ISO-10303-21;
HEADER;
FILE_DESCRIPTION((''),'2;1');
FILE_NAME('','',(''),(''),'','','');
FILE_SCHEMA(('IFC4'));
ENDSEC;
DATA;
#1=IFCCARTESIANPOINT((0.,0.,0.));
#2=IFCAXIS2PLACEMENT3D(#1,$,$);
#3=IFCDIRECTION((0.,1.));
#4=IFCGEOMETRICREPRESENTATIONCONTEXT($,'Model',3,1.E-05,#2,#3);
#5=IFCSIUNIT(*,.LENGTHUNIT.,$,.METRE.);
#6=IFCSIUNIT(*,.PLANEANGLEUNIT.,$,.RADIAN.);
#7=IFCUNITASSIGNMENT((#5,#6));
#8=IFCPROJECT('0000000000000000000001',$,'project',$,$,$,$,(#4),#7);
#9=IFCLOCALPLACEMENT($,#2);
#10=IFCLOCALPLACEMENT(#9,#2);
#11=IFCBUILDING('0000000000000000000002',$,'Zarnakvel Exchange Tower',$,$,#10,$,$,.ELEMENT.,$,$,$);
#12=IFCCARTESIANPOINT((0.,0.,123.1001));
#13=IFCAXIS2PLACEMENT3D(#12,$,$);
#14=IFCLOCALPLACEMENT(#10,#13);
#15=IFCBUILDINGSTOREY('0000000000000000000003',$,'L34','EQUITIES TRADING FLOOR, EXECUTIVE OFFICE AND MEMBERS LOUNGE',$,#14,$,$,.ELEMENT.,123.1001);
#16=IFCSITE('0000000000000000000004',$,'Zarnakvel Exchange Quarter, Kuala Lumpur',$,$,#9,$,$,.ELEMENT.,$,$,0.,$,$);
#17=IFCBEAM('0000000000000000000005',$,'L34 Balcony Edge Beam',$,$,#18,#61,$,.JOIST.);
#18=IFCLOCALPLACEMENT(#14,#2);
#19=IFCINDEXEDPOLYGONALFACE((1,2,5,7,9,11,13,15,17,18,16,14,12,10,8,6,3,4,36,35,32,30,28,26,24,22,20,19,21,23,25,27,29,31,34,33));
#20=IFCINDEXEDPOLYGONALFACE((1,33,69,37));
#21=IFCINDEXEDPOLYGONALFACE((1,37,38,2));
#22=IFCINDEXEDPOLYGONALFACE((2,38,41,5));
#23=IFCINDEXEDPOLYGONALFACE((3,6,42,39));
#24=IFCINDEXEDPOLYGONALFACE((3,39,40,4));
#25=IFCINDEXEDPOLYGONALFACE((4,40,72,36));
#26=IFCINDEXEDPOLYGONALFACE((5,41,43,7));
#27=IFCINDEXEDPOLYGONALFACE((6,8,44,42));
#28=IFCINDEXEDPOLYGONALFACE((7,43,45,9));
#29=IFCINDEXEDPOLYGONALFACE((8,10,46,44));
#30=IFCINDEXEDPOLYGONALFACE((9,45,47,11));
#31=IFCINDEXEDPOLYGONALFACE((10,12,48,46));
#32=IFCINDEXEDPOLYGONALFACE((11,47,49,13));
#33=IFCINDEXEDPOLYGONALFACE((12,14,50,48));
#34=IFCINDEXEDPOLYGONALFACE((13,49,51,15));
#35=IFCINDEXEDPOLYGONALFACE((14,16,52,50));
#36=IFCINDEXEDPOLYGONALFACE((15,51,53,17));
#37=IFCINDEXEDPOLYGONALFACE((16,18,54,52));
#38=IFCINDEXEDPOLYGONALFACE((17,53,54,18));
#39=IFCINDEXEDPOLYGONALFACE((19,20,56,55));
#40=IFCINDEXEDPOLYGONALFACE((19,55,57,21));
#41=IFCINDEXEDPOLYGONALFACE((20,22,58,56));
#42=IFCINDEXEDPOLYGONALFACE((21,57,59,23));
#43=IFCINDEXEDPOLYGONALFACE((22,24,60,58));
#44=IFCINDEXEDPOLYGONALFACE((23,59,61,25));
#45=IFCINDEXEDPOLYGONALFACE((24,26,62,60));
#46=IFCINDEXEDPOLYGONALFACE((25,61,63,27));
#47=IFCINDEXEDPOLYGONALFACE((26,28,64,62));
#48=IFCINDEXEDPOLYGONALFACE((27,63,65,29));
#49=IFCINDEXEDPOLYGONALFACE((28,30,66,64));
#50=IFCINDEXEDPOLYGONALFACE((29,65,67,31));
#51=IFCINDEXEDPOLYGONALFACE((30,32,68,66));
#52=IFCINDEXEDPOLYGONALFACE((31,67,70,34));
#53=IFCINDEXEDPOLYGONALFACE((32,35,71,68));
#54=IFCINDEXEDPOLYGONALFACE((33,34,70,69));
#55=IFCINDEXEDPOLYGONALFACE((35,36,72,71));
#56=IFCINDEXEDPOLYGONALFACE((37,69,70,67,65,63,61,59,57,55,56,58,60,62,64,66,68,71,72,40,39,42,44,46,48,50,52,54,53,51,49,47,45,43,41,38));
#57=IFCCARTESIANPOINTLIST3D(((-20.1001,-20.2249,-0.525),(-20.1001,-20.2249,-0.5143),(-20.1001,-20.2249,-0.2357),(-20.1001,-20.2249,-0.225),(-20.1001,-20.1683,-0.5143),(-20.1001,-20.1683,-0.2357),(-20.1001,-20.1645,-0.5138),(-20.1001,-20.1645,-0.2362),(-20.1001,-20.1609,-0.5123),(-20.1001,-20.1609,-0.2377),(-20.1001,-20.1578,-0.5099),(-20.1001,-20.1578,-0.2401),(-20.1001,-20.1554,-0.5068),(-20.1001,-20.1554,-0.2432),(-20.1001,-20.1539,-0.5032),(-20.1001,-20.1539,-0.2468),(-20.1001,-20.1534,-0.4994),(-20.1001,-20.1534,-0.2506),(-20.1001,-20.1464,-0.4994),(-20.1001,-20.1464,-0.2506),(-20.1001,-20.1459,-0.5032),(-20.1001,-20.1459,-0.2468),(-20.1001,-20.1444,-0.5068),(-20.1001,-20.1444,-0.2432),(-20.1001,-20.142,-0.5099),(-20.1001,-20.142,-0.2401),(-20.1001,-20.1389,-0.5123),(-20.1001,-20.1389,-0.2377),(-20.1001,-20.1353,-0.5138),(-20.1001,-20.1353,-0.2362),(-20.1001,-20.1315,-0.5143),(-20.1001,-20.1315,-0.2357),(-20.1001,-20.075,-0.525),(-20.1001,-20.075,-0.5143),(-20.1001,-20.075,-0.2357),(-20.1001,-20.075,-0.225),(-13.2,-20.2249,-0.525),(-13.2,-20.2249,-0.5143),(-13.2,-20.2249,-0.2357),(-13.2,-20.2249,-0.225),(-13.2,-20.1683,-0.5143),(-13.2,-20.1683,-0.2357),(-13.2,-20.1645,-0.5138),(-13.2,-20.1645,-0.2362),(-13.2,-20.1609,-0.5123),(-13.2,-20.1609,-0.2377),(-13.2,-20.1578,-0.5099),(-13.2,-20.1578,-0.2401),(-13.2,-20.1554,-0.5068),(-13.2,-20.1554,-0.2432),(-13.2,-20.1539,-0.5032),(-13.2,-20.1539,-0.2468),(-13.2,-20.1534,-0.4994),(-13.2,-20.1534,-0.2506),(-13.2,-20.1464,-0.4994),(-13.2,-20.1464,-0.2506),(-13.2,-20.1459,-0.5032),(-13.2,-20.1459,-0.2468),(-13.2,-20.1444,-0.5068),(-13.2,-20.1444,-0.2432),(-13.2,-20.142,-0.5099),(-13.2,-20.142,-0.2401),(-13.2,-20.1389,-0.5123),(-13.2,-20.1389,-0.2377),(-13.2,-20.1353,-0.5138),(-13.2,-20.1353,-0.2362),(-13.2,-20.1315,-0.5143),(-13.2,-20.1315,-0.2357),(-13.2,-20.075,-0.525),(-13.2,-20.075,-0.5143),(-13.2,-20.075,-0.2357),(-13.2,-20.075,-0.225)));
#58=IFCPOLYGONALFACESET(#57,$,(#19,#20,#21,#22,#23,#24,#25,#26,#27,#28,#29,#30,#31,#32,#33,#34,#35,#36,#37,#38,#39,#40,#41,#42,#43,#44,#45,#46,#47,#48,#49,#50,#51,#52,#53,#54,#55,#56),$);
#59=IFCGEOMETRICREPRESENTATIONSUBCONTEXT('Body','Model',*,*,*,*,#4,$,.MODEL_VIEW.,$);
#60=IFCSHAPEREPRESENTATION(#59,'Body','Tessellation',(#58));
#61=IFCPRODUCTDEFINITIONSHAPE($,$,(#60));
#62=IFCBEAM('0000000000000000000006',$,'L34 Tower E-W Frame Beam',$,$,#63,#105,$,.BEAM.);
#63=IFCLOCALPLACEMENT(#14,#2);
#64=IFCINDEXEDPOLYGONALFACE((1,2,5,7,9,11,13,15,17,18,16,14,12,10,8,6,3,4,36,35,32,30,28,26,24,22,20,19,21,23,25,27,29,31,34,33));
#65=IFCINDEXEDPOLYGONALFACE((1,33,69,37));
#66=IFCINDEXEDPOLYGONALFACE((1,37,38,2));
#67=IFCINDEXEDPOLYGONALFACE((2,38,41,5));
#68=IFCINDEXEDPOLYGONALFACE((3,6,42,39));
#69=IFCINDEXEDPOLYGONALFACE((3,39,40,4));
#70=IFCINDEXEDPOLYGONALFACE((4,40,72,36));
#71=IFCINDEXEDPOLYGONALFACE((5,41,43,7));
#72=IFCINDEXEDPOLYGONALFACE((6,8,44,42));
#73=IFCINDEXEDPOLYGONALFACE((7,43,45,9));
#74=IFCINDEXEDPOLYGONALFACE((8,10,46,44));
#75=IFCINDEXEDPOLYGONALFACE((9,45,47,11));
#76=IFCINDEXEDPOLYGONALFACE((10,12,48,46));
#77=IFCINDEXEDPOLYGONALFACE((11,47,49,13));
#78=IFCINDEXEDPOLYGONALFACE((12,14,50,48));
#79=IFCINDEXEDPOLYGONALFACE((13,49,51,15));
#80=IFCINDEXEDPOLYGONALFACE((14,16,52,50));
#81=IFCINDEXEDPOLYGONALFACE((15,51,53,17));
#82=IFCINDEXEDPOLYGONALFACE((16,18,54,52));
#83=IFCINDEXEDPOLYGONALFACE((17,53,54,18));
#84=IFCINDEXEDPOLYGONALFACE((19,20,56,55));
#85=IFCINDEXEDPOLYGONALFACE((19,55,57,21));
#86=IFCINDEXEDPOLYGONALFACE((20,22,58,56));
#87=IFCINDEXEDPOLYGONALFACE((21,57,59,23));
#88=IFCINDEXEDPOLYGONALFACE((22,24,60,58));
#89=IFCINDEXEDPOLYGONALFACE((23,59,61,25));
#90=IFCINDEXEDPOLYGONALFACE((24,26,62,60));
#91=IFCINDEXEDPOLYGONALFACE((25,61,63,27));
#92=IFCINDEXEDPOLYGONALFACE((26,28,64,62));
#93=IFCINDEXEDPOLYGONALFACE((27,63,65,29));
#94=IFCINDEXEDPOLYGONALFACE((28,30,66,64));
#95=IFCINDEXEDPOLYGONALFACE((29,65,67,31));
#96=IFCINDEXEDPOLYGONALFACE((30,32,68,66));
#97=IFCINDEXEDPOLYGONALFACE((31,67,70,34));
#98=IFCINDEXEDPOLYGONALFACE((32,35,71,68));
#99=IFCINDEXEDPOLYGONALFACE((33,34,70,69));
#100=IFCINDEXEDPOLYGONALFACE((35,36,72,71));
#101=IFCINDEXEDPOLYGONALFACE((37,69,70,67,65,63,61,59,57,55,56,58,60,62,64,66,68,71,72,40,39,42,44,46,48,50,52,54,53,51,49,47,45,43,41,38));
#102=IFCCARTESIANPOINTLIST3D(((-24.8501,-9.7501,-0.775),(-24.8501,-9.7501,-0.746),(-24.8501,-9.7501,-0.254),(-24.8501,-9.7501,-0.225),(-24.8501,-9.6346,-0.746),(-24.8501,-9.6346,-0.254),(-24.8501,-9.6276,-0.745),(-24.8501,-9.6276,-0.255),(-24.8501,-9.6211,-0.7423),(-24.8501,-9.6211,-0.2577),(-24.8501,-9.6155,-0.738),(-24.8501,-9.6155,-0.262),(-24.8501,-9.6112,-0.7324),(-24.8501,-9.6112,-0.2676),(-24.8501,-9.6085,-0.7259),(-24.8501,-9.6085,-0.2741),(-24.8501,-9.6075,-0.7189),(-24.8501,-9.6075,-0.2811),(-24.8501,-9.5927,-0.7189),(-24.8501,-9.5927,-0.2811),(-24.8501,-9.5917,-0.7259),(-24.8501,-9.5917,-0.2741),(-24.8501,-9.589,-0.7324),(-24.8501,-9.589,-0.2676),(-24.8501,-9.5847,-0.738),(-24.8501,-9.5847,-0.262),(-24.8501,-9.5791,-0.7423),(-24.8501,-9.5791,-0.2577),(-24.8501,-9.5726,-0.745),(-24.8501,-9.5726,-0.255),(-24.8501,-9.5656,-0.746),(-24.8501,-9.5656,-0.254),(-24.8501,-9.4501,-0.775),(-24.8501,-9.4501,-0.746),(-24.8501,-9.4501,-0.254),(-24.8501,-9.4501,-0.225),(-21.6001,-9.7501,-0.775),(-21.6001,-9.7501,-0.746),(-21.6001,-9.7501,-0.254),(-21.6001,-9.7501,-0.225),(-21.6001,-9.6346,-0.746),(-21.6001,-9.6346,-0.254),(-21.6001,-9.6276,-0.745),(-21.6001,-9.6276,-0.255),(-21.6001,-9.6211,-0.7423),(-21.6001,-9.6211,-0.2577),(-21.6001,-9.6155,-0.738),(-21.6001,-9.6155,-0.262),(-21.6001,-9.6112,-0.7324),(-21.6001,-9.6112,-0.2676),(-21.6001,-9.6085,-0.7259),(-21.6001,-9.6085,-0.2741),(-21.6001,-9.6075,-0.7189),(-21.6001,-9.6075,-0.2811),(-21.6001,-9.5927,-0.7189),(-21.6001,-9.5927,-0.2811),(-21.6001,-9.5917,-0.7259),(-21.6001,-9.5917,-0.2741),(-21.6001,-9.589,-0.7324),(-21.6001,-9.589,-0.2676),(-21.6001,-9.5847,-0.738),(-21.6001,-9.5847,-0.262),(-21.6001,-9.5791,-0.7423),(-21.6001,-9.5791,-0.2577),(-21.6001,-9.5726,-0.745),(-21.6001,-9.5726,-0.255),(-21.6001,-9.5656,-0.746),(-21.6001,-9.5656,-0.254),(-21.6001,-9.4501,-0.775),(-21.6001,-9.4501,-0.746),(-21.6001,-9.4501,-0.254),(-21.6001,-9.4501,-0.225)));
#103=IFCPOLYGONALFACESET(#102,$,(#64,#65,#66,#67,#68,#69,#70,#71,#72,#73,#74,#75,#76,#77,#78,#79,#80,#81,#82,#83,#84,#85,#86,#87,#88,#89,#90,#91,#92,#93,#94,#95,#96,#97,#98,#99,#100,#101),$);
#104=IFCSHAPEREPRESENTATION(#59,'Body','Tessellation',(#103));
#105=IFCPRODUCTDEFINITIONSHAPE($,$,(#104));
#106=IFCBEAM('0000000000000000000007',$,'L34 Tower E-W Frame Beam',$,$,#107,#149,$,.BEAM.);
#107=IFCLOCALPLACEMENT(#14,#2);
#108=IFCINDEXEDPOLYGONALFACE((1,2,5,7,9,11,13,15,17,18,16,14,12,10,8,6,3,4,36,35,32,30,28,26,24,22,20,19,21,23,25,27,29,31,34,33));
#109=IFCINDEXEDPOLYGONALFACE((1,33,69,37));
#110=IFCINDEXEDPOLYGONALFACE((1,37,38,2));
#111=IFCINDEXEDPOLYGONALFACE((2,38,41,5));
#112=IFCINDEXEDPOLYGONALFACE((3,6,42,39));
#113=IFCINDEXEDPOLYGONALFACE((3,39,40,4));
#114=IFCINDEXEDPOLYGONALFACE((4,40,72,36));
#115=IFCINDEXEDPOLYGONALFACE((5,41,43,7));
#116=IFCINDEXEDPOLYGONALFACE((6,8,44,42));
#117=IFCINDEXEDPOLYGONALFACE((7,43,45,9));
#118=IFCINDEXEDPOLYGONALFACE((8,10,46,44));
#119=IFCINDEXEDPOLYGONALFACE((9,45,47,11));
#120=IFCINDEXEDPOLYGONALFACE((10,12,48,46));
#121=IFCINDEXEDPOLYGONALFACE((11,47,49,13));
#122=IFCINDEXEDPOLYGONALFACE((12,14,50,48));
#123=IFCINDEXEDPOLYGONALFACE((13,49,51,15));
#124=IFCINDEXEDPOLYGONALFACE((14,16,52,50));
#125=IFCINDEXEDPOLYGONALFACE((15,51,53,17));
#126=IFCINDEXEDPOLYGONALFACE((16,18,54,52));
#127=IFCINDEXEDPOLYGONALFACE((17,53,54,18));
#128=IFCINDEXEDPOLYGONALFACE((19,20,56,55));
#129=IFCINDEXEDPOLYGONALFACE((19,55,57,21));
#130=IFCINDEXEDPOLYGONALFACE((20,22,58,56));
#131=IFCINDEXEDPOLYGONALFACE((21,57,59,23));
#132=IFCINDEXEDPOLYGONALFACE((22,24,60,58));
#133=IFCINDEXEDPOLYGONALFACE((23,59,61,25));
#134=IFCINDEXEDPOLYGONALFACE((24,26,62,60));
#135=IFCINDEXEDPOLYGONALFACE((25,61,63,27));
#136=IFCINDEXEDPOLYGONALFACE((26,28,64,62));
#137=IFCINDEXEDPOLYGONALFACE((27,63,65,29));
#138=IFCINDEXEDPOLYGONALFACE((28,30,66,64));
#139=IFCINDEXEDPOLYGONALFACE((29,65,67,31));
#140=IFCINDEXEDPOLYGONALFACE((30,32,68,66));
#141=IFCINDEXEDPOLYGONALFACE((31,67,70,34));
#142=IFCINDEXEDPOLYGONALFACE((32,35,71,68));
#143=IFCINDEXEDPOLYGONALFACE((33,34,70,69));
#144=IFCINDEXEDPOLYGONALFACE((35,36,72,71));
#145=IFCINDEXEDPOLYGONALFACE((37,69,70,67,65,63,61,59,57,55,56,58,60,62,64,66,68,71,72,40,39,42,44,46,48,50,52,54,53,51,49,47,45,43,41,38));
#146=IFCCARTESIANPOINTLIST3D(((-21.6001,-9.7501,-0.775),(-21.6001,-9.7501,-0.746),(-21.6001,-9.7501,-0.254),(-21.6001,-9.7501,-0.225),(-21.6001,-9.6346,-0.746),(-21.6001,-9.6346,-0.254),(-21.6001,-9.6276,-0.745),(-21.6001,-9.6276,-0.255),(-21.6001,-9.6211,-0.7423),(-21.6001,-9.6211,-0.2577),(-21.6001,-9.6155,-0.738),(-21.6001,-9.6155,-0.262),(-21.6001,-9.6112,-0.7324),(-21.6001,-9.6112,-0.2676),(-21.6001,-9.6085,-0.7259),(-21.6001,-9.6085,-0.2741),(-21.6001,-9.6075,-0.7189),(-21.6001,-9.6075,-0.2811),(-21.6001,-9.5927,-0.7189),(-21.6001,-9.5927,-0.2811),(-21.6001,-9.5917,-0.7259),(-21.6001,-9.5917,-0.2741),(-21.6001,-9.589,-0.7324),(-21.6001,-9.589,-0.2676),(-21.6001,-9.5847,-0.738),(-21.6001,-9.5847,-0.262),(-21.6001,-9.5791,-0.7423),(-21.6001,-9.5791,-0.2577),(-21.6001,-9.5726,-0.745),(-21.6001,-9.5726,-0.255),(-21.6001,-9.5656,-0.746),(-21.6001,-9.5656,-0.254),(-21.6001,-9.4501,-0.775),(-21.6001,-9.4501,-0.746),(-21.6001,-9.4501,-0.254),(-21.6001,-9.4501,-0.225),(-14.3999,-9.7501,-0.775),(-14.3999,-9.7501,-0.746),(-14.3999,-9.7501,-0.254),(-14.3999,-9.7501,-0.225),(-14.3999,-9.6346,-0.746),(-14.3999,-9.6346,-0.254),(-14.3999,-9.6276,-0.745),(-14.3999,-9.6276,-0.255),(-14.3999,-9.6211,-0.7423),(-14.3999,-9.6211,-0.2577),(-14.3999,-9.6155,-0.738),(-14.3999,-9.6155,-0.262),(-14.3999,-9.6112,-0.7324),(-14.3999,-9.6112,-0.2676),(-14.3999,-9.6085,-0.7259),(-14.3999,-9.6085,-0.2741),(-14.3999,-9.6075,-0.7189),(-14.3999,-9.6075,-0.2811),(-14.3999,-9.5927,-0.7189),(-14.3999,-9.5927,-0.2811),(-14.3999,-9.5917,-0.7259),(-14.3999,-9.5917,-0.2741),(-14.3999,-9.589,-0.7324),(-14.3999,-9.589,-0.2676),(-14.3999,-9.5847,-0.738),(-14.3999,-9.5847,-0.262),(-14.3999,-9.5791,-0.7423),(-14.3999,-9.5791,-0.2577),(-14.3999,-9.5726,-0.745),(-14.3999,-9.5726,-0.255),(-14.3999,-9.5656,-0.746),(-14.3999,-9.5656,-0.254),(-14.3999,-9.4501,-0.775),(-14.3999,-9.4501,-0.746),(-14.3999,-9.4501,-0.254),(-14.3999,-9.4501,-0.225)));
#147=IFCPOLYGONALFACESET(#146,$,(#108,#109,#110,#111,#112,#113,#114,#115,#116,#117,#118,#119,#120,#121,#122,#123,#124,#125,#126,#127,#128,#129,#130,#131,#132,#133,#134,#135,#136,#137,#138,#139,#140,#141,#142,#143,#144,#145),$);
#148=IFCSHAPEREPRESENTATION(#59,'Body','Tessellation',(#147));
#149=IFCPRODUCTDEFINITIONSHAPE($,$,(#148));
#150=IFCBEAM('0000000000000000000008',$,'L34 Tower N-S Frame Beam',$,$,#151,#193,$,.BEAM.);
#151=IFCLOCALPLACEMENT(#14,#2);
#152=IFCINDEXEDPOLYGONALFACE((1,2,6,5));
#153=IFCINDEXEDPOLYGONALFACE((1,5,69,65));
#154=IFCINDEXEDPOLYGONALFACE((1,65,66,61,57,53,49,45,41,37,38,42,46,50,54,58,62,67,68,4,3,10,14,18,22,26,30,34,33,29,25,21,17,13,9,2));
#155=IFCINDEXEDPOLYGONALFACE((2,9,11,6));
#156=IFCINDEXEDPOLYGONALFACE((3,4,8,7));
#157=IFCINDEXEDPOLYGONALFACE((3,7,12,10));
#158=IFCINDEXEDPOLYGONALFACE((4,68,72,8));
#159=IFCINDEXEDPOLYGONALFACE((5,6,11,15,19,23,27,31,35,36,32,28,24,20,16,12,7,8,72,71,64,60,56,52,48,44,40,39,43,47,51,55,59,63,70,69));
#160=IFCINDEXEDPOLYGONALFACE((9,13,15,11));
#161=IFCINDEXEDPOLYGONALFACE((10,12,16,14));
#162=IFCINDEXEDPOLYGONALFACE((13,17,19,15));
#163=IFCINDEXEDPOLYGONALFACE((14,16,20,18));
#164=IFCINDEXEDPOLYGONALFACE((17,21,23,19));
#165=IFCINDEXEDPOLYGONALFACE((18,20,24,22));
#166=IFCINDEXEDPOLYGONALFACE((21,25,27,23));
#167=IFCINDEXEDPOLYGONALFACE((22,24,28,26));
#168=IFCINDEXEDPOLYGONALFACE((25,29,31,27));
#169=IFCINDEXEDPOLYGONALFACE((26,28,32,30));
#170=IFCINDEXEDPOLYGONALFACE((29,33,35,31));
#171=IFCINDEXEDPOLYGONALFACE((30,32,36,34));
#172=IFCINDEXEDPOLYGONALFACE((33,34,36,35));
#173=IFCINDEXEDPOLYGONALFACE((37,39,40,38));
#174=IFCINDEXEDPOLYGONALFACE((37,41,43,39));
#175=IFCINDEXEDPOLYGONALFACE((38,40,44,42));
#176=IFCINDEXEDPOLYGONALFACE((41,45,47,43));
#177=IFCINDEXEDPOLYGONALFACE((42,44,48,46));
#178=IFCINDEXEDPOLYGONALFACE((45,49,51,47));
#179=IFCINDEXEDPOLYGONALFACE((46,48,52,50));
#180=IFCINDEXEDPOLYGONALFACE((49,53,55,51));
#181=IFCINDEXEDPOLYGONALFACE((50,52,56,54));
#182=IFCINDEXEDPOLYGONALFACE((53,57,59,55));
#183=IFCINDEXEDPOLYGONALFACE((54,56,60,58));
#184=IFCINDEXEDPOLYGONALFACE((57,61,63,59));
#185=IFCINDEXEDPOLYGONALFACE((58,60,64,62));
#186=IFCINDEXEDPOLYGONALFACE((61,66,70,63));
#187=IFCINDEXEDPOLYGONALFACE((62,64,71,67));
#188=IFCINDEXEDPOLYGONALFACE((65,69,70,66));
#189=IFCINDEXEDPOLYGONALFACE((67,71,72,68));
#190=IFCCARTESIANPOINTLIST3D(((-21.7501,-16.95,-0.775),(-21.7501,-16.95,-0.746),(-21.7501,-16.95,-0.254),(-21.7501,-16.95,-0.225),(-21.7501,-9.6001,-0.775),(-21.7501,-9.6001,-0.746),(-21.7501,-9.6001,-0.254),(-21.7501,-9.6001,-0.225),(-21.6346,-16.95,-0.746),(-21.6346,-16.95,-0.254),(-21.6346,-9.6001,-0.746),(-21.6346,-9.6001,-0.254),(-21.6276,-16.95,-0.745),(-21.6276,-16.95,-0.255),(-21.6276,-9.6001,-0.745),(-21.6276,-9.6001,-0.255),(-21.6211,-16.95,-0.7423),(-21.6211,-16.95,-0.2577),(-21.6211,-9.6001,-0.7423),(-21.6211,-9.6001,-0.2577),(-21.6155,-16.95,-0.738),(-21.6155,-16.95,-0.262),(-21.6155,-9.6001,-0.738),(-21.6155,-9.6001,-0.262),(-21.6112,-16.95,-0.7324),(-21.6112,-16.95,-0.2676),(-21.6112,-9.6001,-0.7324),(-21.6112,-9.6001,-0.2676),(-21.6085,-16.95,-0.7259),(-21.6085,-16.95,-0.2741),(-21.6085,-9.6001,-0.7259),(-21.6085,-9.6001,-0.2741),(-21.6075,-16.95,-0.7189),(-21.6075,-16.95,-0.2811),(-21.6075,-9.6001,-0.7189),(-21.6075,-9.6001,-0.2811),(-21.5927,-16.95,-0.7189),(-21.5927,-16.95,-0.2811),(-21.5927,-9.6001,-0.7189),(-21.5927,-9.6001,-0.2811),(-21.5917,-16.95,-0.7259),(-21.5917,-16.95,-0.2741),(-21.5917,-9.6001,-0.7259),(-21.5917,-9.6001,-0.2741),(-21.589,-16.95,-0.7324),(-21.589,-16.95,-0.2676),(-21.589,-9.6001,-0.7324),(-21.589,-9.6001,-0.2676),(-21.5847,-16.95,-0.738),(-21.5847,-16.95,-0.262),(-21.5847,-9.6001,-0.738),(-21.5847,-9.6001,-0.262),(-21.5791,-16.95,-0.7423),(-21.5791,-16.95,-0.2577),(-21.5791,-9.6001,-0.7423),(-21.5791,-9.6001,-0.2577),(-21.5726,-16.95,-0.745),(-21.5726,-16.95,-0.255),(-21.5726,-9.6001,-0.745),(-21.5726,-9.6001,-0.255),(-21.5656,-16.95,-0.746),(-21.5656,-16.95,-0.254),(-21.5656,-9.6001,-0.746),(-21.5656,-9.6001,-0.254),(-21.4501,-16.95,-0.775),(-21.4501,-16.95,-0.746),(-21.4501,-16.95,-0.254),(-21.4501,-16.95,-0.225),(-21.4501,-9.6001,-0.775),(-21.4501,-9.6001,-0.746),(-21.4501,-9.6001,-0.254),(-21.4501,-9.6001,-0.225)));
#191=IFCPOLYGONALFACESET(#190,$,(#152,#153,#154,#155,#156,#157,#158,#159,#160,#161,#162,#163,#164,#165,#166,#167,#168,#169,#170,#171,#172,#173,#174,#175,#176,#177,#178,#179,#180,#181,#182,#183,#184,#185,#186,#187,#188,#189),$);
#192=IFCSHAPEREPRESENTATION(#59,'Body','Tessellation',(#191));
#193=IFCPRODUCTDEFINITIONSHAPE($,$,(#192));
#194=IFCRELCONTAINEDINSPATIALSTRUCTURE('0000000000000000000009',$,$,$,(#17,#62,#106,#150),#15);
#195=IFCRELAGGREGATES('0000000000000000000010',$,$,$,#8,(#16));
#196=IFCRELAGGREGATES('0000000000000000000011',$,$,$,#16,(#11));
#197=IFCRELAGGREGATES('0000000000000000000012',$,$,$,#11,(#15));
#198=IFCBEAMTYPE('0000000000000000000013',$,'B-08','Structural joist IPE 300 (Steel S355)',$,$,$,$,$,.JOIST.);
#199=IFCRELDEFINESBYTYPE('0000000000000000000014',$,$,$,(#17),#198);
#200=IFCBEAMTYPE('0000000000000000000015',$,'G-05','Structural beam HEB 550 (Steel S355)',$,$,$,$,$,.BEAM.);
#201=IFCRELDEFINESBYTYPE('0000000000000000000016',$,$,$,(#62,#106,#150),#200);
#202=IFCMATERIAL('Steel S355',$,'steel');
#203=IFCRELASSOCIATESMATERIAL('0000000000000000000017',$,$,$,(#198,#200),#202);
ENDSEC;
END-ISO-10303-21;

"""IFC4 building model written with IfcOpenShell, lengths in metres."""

from ifc_helpers import new_model, si_unit, direction, frame, origin, origin_2d, place, context, subcontext, project, spatial, i_section, extrude, material, material_profile, profile_set, type_object, element, save


model = new_model("IFC4")

# Units and contexts
model_context = context("Model", 3, precision=1e-05, world=origin(), true_north=direction((0.0, 1.0)))
body_context = subcontext(model_context, "Body", "Model", "MODEL_VIEW")
ifc_project = project(units=[si_unit("LENGTHUNIT", "METRE"), si_unit("PLANEANGLEUNIT", "RADIAN")], contexts=[model_context])

# Site, building, storey
site_placement = place(None, origin())
site = spatial("IfcSite", under=ifc_project, at=site_placement, Name="Zarnakvel Exchange Quarter, Kuala Lumpur", CompositionType="ELEMENT", RefElevation=0.0)
building_placement = place(site_placement, origin())
building = spatial("IfcBuilding", under=site, at=building_placement, Name="Zarnakvel Exchange Tower", CompositionType="ELEMENT")
storey_placement = place(building_placement, frame((0.0, 0.0, 123.1001)))
storey = spatial("IfcBuildingStorey", under=building, at=storey_placement, Name="L34", Description="EQUITIES TRADING FLOOR, EXECUTIVE OFFICE AND MEMBERS LOUNGE", CompositionType="ELEMENT", Elevation=123.1001)

# Shared definitions
ifc_material_1 = material(Name="Steel S355", Category="steel")

# Beams
ifc_material_profile_1 = material_profile(ifc_material_1, i_section(OverallWidth=0.1499, OverallDepth=0.3, WebThickness=0.0071, FlangeThickness=0.0107, FilletRadius=0.0149, at=origin_2d()))
ifc_profile_set_1 = profile_set([ifc_material_profile_1], Name="Steel S355")
beam_type_1 = type_object("IfcBeamType", Name="B-08", Description="Structural joist IPE 300 (Steel S355)", PredefinedType="JOIST", material=ifc_profile_set_1)
beam_1_placement = place(storey_placement, frame((-20.1001, -20.1499, -0.375), z_axis=(1.0, 0.0, 0.0), x_axis=(0.0, 1.0, 0.0)))
element("IfcBeam", 1, at=beam_1_placement, inside=storey, type_object=beam_type_1, Name="L34 Balcony Edge Beam", PredefinedType="JOIST", context=body_context, shape_type="SweptSolid", body=[
    extrude(i_section(OverallWidth=0.1499, OverallDepth=0.3, WebThickness=0.0071, FlangeThickness=0.0107, FilletRadius=0.0149, at=origin_2d()), origin(), (0.0, 0.0, 1.0), 6.9001),
])
ifc_material_profile_2 = material_profile(ifc_material_1, i_section(OverallWidth=0.3, OverallDepth=0.55, WebThickness=0.0149, FlangeThickness=0.0291, FilletRadius=0.0271, at=origin_2d()))
ifc_profile_set_2 = profile_set([ifc_material_profile_2], Name="Steel S355")
beam_type_2 = type_object("IfcBeamType", Name="G-05", Description="Structural beam HEB 550 (Steel S355)", PredefinedType="BEAM", material=ifc_profile_set_2)
beam_2_placement = place(storey_placement, frame((-24.8501, -9.6001, -0.5), z_axis=(1.0, 0.0, 0.0), x_axis=(0.0, 1.0, 0.0)))
element("IfcBeam", 2, at=beam_2_placement, inside=storey, type_object=beam_type_2, Name="L34 Tower E-W Frame Beam", PredefinedType="BEAM", context=body_context, shape_type="SweptSolid", body=[
    extrude(i_section(OverallWidth=0.3, OverallDepth=0.55, WebThickness=0.0149, FlangeThickness=0.0291, FilletRadius=0.0271, at=origin_2d()), origin(), (0.0, 0.0, 1.0), 3.25),
])
beam_3_placement = place(storey_placement, frame((-21.6001, -9.6001, -0.5), z_axis=(1.0, 0.0, 0.0), x_axis=(0.0, 1.0, 0.0)))
element("IfcBeam", 3, at=beam_3_placement, inside=storey, type_object=beam_type_2, Name="L34 Tower E-W Frame Beam", PredefinedType="BEAM", context=body_context, shape_type="SweptSolid", body=[
    extrude(i_section(OverallWidth=0.3, OverallDepth=0.55, WebThickness=0.0149, FlangeThickness=0.0291, FilletRadius=0.0271, at=origin_2d()), origin(), (0.0, 0.0, 1.0), 7.2002),
])
beam_4_placement = place(storey_placement, frame((-21.6001, -16.95, -0.5), z_axis=(0.0, 1.0, 0.0), x_axis=(-1.0, 0.0, 0.0)))
element("IfcBeam", 4, at=beam_4_placement, inside=storey, type_object=beam_type_2, Name="L34 Tower N-S Frame Beam", PredefinedType="BEAM", context=body_context, shape_type="SweptSolid", body=[
    extrude(i_section(OverallWidth=0.3, OverallDepth=0.55, WebThickness=0.0149, FlangeThickness=0.0291, FilletRadius=0.0271, at=origin_2d()), origin(), (0.0, 0.0, 1.0), 7.3499),
])

save(model, "model.ifc")
